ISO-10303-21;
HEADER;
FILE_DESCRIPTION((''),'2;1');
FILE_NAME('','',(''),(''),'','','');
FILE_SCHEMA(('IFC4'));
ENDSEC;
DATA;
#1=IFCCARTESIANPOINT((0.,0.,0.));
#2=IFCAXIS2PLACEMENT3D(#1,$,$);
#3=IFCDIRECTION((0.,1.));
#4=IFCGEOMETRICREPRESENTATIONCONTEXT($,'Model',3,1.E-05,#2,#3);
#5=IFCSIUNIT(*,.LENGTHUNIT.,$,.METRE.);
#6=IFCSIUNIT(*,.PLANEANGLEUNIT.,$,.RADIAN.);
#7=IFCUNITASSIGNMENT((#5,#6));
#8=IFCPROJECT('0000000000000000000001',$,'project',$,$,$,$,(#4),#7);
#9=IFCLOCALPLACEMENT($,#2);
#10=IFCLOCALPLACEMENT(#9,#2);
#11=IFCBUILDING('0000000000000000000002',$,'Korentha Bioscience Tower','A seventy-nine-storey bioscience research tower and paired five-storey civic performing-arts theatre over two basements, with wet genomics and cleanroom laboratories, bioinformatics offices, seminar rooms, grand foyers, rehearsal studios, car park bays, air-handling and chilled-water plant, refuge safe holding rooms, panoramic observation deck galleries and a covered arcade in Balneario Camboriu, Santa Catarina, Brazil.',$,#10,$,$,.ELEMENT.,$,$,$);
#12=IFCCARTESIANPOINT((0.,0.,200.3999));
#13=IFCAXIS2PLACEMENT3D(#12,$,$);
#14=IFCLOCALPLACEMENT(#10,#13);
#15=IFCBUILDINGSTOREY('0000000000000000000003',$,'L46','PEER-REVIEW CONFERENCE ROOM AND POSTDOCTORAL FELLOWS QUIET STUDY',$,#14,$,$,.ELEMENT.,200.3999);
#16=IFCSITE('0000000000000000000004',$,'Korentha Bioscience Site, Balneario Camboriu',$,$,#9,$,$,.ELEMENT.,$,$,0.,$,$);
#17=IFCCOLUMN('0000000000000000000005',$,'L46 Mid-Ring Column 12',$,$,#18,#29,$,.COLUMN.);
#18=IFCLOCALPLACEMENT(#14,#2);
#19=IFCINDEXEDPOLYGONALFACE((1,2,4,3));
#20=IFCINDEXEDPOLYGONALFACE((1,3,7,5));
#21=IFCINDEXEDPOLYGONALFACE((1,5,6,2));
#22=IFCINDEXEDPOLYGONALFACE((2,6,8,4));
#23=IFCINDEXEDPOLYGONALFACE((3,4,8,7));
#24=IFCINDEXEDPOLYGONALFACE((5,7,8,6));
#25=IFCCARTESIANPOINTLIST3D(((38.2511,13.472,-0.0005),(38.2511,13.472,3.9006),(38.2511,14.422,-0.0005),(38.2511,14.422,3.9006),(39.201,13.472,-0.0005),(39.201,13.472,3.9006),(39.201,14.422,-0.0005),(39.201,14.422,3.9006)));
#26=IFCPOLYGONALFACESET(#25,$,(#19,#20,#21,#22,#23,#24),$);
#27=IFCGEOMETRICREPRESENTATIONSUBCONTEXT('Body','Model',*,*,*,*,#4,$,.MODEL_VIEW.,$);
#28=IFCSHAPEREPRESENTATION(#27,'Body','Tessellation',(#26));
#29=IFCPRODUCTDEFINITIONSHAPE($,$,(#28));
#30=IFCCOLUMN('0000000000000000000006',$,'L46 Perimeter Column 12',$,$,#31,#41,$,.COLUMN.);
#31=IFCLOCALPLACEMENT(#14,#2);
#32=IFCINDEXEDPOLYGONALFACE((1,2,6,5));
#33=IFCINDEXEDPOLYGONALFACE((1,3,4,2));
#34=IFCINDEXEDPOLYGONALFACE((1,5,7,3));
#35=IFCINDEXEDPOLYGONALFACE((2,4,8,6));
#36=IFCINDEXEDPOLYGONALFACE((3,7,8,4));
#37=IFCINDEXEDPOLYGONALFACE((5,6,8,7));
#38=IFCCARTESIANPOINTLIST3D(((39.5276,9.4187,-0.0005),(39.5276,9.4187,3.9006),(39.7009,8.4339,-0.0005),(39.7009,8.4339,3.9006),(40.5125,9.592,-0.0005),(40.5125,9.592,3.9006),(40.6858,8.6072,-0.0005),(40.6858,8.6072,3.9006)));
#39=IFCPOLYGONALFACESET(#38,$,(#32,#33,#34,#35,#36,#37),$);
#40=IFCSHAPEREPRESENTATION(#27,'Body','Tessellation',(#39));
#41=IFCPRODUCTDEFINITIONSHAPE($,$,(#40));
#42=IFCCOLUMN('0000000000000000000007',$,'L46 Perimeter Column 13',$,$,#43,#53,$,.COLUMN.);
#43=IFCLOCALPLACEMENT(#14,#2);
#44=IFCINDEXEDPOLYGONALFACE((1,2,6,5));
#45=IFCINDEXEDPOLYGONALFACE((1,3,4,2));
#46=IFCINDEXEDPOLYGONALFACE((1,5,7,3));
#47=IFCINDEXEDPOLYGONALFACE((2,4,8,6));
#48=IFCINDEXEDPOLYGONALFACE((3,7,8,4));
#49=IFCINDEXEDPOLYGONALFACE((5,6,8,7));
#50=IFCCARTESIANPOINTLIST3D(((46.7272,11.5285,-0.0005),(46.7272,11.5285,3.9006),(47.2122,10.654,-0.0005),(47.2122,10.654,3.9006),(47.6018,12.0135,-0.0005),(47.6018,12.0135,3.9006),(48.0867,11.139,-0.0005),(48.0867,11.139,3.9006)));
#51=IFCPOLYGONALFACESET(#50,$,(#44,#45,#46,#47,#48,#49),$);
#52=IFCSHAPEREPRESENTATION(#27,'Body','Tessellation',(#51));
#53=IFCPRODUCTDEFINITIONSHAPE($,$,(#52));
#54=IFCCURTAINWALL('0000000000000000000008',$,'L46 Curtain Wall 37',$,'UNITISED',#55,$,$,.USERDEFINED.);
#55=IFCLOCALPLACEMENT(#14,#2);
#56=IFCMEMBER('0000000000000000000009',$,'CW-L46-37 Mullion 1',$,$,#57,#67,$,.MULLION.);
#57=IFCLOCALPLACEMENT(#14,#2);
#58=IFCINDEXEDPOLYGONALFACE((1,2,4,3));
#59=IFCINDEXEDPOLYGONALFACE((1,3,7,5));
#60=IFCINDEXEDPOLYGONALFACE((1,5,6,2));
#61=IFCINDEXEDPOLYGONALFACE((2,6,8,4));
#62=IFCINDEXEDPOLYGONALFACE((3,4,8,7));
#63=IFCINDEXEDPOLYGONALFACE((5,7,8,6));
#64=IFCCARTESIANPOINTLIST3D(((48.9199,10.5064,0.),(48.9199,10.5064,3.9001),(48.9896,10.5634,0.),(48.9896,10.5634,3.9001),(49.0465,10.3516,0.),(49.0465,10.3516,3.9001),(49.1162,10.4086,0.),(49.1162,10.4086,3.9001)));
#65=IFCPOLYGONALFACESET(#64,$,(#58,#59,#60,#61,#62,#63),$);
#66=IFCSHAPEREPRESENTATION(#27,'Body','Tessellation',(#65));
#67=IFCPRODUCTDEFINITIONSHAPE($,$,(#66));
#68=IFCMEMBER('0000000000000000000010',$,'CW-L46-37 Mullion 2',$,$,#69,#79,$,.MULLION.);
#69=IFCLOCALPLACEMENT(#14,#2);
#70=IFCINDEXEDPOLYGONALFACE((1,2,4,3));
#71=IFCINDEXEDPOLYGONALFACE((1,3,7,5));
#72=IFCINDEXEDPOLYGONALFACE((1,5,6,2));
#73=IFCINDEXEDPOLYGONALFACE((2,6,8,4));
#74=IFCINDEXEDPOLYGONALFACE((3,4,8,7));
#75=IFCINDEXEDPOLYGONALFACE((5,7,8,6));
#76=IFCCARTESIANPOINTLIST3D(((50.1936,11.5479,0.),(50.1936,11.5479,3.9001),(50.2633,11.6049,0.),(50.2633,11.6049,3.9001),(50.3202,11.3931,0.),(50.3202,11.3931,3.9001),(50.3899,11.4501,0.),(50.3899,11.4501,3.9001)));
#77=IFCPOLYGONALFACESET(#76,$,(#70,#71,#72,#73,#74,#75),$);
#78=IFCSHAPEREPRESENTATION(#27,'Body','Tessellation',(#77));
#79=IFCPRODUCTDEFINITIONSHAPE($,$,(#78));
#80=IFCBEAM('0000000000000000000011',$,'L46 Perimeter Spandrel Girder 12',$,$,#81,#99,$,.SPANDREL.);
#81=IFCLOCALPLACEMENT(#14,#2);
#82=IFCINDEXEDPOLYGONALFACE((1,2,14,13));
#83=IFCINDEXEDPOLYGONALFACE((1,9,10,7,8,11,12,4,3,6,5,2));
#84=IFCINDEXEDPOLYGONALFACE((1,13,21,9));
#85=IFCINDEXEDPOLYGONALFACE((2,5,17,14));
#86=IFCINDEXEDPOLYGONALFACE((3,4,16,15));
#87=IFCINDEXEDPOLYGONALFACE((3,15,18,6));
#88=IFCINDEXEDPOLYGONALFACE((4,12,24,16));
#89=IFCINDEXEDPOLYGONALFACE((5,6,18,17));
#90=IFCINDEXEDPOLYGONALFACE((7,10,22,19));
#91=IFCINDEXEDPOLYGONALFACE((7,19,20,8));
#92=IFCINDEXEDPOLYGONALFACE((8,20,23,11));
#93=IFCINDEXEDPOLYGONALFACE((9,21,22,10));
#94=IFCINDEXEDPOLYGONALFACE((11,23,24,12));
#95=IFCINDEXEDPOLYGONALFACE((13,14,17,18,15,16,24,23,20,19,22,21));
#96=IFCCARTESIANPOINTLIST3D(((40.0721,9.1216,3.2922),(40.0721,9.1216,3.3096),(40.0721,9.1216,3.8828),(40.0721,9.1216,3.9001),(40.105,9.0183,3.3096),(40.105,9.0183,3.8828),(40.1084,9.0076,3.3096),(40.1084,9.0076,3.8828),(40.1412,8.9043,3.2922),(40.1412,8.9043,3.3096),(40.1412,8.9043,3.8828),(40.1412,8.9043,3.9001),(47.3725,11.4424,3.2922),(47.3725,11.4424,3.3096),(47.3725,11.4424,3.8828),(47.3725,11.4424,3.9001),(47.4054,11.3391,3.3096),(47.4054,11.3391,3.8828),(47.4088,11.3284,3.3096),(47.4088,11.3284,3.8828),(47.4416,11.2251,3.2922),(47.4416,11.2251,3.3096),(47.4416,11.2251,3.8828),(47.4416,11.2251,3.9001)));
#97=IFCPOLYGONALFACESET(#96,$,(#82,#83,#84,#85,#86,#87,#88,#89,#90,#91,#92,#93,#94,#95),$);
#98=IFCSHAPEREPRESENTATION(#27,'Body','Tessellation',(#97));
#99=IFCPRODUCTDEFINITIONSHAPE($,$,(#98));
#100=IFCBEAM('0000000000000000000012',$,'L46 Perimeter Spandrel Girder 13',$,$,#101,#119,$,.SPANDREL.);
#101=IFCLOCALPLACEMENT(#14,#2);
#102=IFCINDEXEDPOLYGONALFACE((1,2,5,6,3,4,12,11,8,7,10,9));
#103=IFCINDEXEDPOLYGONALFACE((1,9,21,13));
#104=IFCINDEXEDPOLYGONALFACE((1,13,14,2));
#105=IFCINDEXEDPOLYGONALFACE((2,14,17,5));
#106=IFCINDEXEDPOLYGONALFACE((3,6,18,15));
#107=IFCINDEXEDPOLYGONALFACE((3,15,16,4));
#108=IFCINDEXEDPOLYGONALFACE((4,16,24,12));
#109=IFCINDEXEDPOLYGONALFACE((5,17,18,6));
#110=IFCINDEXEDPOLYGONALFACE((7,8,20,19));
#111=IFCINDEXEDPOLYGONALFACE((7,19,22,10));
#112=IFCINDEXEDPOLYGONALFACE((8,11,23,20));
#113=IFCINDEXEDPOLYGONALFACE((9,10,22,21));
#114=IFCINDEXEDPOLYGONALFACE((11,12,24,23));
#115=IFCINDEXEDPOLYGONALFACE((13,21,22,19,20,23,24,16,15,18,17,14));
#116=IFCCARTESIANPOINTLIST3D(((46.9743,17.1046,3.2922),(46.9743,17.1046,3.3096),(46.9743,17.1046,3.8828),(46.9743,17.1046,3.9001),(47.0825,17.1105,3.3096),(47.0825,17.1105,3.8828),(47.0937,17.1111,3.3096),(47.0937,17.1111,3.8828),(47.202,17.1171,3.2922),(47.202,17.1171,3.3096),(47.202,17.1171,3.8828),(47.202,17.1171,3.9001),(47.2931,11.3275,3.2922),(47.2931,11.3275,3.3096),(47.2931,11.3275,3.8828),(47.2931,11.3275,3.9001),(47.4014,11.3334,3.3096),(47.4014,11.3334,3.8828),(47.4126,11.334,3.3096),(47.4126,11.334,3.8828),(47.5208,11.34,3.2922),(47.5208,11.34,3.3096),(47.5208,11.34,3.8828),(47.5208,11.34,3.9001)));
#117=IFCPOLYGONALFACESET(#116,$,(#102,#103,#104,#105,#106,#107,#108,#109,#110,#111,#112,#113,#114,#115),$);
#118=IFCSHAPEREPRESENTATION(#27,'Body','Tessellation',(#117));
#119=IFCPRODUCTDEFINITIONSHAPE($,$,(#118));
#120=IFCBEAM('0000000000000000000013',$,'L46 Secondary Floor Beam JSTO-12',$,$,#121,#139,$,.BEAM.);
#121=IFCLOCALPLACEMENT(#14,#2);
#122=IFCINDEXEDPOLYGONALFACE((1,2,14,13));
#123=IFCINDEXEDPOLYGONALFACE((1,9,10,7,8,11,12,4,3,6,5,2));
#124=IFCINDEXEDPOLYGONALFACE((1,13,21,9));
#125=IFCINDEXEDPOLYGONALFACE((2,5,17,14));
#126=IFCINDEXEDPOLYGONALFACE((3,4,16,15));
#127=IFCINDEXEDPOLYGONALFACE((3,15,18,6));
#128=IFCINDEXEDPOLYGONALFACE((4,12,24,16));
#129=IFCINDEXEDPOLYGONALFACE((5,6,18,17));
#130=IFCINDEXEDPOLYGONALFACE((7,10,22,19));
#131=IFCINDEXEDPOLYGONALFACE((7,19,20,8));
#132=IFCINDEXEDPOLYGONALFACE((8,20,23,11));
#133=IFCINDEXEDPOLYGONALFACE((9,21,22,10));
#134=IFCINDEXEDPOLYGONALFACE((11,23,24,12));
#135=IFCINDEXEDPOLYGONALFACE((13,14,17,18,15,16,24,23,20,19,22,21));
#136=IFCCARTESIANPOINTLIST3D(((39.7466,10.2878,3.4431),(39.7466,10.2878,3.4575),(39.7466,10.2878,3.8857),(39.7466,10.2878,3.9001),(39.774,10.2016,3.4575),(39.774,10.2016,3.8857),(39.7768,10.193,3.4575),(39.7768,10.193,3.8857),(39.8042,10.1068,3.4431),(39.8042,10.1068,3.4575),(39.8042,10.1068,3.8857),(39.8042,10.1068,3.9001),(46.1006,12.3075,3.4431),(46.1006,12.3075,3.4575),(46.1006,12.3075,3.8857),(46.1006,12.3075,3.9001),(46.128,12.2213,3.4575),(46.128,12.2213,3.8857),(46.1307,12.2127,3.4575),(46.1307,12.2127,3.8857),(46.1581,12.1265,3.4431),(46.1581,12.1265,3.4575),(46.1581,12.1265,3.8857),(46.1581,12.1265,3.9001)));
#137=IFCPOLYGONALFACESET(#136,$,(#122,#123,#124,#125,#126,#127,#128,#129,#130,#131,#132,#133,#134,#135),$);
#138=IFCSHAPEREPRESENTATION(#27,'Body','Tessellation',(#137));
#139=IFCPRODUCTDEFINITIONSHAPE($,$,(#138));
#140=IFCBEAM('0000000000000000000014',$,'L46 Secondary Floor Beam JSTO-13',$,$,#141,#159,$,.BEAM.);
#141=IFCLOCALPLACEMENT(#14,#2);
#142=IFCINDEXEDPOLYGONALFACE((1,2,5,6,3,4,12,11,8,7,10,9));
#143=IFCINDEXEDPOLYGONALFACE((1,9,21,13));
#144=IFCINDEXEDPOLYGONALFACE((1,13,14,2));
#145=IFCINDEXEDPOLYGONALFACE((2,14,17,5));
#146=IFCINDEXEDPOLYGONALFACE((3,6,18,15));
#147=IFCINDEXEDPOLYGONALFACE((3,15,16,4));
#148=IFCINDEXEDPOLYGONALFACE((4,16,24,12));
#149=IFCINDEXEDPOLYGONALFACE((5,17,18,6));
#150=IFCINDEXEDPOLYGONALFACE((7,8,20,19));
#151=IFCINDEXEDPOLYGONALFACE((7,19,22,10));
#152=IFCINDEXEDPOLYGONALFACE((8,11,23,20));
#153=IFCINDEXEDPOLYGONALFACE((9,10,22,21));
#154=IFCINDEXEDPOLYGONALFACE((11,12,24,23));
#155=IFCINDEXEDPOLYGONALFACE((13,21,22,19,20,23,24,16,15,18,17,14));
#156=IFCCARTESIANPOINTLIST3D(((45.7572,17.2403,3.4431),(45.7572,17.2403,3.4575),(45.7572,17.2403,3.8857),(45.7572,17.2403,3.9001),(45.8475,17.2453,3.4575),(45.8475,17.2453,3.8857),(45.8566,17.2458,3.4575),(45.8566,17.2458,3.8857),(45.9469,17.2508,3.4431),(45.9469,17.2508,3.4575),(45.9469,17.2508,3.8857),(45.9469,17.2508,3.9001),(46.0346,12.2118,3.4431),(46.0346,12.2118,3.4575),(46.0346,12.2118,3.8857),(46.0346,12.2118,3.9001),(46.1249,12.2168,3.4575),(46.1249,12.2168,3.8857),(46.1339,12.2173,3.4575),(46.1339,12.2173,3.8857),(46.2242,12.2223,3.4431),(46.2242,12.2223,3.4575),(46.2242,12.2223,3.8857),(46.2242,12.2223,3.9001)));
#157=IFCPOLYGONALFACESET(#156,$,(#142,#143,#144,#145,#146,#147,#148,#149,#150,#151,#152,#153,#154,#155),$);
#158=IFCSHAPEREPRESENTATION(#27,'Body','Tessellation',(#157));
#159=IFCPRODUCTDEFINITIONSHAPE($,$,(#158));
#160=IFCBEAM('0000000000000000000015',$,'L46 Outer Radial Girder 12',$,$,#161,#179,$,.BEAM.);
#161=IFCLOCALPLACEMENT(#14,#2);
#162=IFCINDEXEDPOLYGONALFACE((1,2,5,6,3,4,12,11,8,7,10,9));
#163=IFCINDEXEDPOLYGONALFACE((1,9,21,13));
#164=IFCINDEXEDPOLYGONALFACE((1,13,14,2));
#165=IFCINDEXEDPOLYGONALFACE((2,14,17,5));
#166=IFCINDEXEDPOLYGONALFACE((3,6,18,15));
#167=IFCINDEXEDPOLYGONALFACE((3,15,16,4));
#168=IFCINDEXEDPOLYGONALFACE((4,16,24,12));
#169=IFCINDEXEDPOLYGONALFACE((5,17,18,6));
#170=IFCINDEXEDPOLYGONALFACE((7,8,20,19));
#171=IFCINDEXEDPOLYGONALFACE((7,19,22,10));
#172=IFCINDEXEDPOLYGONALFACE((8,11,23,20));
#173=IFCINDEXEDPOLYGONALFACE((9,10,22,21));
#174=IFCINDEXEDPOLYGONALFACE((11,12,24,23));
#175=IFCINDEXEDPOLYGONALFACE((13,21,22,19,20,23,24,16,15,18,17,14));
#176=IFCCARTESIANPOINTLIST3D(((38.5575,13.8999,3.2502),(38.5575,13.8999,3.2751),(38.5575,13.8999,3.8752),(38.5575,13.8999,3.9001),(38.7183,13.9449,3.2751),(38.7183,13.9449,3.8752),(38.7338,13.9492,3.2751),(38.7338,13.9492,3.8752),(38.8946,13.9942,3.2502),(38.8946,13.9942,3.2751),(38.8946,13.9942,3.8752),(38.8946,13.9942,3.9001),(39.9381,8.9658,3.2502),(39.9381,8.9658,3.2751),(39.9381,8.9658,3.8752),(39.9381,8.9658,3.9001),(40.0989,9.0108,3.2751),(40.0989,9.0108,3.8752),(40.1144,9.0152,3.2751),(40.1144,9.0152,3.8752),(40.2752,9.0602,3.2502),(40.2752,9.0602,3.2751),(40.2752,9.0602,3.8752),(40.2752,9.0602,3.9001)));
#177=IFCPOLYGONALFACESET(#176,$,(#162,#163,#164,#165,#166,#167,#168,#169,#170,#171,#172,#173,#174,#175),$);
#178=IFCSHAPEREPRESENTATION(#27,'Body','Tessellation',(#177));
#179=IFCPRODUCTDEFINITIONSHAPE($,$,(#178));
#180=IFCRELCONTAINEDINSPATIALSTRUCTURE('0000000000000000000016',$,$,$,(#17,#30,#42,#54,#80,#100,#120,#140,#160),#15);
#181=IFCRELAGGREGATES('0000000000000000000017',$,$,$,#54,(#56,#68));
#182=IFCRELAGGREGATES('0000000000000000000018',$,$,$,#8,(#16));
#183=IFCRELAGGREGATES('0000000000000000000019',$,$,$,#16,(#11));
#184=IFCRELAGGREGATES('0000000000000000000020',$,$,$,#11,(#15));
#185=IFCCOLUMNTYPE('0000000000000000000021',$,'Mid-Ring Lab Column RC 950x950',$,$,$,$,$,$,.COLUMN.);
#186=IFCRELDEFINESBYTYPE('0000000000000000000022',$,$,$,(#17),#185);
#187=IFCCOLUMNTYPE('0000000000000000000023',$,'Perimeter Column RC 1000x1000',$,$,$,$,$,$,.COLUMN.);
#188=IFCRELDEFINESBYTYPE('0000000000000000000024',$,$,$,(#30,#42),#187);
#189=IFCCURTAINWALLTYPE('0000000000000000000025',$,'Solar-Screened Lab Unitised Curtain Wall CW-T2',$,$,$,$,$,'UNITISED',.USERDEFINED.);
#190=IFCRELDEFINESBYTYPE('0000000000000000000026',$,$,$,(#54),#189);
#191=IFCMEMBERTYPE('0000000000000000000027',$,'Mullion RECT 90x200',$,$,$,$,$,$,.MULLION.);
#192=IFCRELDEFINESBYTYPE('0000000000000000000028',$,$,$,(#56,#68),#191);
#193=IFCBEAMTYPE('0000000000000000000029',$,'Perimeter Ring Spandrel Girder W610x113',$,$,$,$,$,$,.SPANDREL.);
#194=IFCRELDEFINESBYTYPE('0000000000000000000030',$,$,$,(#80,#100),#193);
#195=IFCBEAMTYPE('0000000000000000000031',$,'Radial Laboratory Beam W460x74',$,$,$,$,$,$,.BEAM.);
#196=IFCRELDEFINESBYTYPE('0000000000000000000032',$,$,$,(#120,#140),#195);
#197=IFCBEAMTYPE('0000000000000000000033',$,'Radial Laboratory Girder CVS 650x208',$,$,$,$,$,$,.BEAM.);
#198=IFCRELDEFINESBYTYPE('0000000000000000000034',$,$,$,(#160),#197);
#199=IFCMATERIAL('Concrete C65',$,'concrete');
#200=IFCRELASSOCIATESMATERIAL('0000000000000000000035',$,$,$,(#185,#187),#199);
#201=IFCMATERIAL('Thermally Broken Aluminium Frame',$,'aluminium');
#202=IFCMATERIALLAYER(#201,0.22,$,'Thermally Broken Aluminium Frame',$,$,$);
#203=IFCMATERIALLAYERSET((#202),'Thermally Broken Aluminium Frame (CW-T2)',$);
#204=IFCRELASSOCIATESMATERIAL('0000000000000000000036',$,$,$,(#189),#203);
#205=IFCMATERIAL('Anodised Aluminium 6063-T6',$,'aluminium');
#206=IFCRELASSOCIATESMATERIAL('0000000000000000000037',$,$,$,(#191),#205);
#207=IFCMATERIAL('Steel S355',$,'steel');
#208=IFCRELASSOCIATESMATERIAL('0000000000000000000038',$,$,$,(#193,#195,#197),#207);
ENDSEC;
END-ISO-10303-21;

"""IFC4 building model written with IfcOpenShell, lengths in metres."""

from ifc_helpers import new_model, si_unit, direction, frame, origin, origin_2d, place, context, subcontext, project, spatial, rectangle, i_section, extrude, material, layer, layer_set, material_profile, profile_set, type_object, element, aggregate, save


model = new_model("IFC4")

# Units and contexts
model_context = context("Model", 3, precision=1e-05, world=origin(), true_north=direction((0.0, 1.0)))
body_context = subcontext(model_context, "Body", "Model", "MODEL_VIEW")
ifc_project = project(units=[si_unit("LENGTHUNIT", "METRE"), si_unit("PLANEANGLEUNIT", "RADIAN")], contexts=[model_context])

# Site, building, storey
site_placement = place(None, origin())
site = spatial("IfcSite", under=ifc_project, at=site_placement, Name="Korentha Bioscience Site, Balneario Camboriu", CompositionType="ELEMENT", RefElevation=0.0)
building_placement = place(site_placement, origin())
building = spatial("IfcBuilding", under=site, at=building_placement, Name="Korentha Bioscience Tower", Description="A seventy-nine-storey bioscience research tower and paired five-storey civic performing-arts theatre over two basements, with wet genomics and cleanroom laboratories, bioinformatics offices, seminar rooms, grand foyers, rehearsal studios, car park bays, air-handling and chilled-water plant, refuge safe holding rooms, panoramic observation deck galleries and a covered arcade in Balneario Camboriu, Santa Catarina, Brazil.", CompositionType="ELEMENT")
storey_placement = place(building_placement, frame((0.0, 0.0, 200.3999)))
storey = spatial("IfcBuildingStorey", under=building, at=storey_placement, Name="L46", Description="PEER-REVIEW CONFERENCE ROOM AND POSTDOCTORAL FELLOWS QUIET STUDY", CompositionType="ELEMENT", Elevation=200.3999)

# Columns
ifc_material_1 = material(Name="Concrete C65", Category="concrete")
ifc_material_profile_1 = material_profile(ifc_material_1, rectangle(XDim=0.95, YDim=0.95, at=origin_2d()), Name="Concrete C65")
ifc_profile_set_1 = profile_set([ifc_material_profile_1], Name="Concrete C65 (COL-MR09)")
column_type_1 = type_object("IfcColumnType", Name="Mid-Ring Lab Column RC 950x950", PredefinedType="COLUMN", material=ifc_profile_set_1)
column_placement = place(storey_placement, frame((38.7261, 13.947, -0.0005), z_axis=(0.0, 0.0, 1.0), x_axis=(1.0, 0.0, 0.0)))
element("IfcColumn", 1, at=column_placement, inside=storey, type_object=column_type_1, Name="L46 Mid-Ring Column 12", PredefinedType="COLUMN", context=body_context, shape_type="SweptSolid", body=[
    extrude(rectangle(XDim=0.95, YDim=0.95, at=origin_2d()), origin(), (0.0, 0.0, 1.0), 3.9011),
])
ifc_material_profile_2 = material_profile(ifc_material_1, rectangle(XDim=1.0, YDim=1.0, at=origin_2d()), Name="Concrete C65")
ifc_profile_set_2 = profile_set([ifc_material_profile_2], Name="Concrete C65 (COL-P10)")
column_type_2 = type_object("IfcColumnType", Name="Perimeter Column RC 1000x1000", PredefinedType="COLUMN", material=ifc_profile_set_2)
for number, where, z_axis, x_axis, name in (
    (2, (40.1067, 9.0129, -0.0005), (0.0, 0.0, 1.0), (0.984868, 0.173304, 0.0), "L46 Perimeter Column 12"),
    (3, (47.407, 11.3337, -0.0005), (0.0, 0.0, 1.0), (0.874535, 0.484962, 0.0), "L46 Perimeter Column 13"),
):
    element("IfcColumn", number, at=place(storey_placement, frame(where, z_axis=z_axis, x_axis=x_axis)), inside=storey, type_object=column_type_2, Name=name, PredefinedType="COLUMN", context=body_context, shape_type="SweptSolid", body=[
        extrude(rectangle(XDim=1.0, YDim=1.0, at=origin_2d()), origin(), (0.0, 0.0, 1.0), 3.9011),
    ])

# Curtain wall, members
ifc_material_2 = material(Name="Thermally Broken Aluminium Frame", Category="aluminium")
ifc_layer_1 = layer(ifc_material_2, 0.22, Name="Thermally Broken Aluminium Frame")
ifc_layer_set_1 = layer_set([ifc_layer_1], Name="Thermally Broken Aluminium Frame (CW-T2)")
curtain_wall_type = type_object("IfcCurtainWallType", Name="Solar-Screened Lab Unitised Curtain Wall CW-T2", ElementType="UNITISED", PredefinedType="USERDEFINED", material=ifc_layer_set_1)
curtain_wall_placement = place(storey_placement, origin())
curtain_wall = element("IfcCurtainWall", 4, at=curtain_wall_placement, inside=storey, type_object=curtain_wall_type, Name="L46 Curtain Wall 37", ObjectType="UNITISED", PredefinedType="USERDEFINED")
ifc_material_3 = material(Name="Anodised Aluminium 6063-T6", Category="aluminium")
ifc_material_profile_3 = material_profile(ifc_material_3, rectangle(XDim=0.0901, YDim=0.2, at=origin_2d()), Name="Anodised Aluminium 6063-T6")
ifc_profile_set_3 = profile_set([ifc_material_profile_3], Name="Anodised Aluminium 6063-T6 (CW-MUL)")
member_type_1 = type_object("IfcMemberType", Name="Mullion RECT 90x200", PredefinedType="MULLION", material=ifc_profile_set_3)
member_1_placement = place(storey_placement, frame((49.0181, 10.4575, 0.0), z_axis=(0.0, 0.0, 1.0), x_axis=(0.774088, 0.633078, 0.0)))
member_1 = element("IfcMember", 5, at=member_1_placement, type_object=member_type_1, Name="CW-L46-37 Mullion 1", PredefinedType="MULLION", context=body_context, shape_type="SweptSolid", body=[
    extrude(rectangle(XDim=0.0901, YDim=0.2, at=origin_2d()), origin(), (0.0, 0.0, 1.0), 3.9001),
])
member_2_placement = place(storey_placement, frame((50.2917, 11.499, 0.0), z_axis=(0.0, 0.0, 1.0), x_axis=(0.774088, 0.633078, 0.0)))
member_2 = element("IfcMember", 6, at=member_2_placement, type_object=member_type_1, Name="CW-L46-37 Mullion 2", PredefinedType="MULLION", context=body_context, shape_type="SweptSolid", body=[
    extrude(rectangle(XDim=0.0901, YDim=0.2, at=origin_2d()), origin(), (0.0, 0.0, 1.0), 3.9001),
])

# Beams
ifc_material_4 = material(Name="Steel S355", Category="steel")
ifc_material_profile_4 = material_profile(ifc_material_4, i_section(OverallWidth=0.228, OverallDepth=0.6079, WebThickness=0.0112, FlangeThickness=0.0173, at=origin_2d()), Name="Steel S355")
ifc_profile_set_4 = profile_set([ifc_material_profile_4], Name="Steel S355 (SB-610)")
beam_type_1 = type_object("IfcBeamType", Name="Perimeter Ring Spandrel Girder W610x113", PredefinedType="SPANDREL", material=ifc_profile_set_4)
beam_1_placement = place(storey_placement, frame((40.1067, 9.0129, 3.5962), z_axis=(0.953002, 0.302964, 0.0), x_axis=(-0.302964, 0.953002, 0.0)))
element("IfcBeam", 7, at=beam_1_placement, inside=storey, type_object=beam_type_1, Name="L46 Perimeter Spandrel Girder 12", PredefinedType="SPANDREL", context=body_context, shape_type="SweptSolid", body=[
    extrude(i_section(OverallWidth=0.228, OverallDepth=0.6079, WebThickness=0.0112, FlangeThickness=0.0173, at=origin_2d()), origin(), (0.0, 0.0, 1.0), 7.6604),
])
beam_2_placement = place(storey_placement, frame((47.407, 11.3337, 3.5962), z_axis=(-0.055108, 0.99848, 0.0), x_axis=(-0.99848, -0.055108, 0.0)))
element("IfcBeam", 8, at=beam_2_placement, inside=storey, type_object=beam_type_1, Name="L46 Perimeter Spandrel Girder 13", PredefinedType="SPANDREL", context=body_context, shape_type="SweptSolid", body=[
    extrude(i_section(OverallWidth=0.228, OverallDepth=0.6079, WebThickness=0.0112, FlangeThickness=0.0173, at=origin_2d()), origin(), (0.0, 0.0, 1.0), 5.7859),
])
ifc_material_profile_5 = material_profile(ifc_material_4, i_section(OverallWidth=0.1899, OverallDepth=0.457, WebThickness=0.009, FlangeThickness=0.0144, at=origin_2d()), Name="Steel S355")
ifc_profile_set_5 = profile_set([ifc_material_profile_5], Name="Steel S355 (RB-460)")
beam_type_2 = type_object("IfcBeamType", Name="Radial Laboratory Beam W460x74", PredefinedType="BEAM", material=ifc_profile_set_5)
beam_3_placement = place(storey_placement, frame((39.7754, 10.1973, 3.6716), z_axis=(0.95301, 0.302938, 0.0), x_axis=(-0.302938, 0.95301, 0.0)))
element("IfcBeam", 9, at=beam_3_placement, inside=storey, type_object=beam_type_2, Name="L46 Secondary Floor Beam JSTO-12", PredefinedType="BEAM", context=body_context, shape_type="SweptSolid", body=[
    extrude(i_section(OverallWidth=0.1899, OverallDepth=0.457, WebThickness=0.009, FlangeThickness=0.0144, at=origin_2d()), origin(), (0.0, 0.0, 1.0), 6.6672),
])
beam_4_placement = place(storey_placement, frame((46.1294, 12.217, 3.6716), z_axis=(-0.05507, 0.998482, 0.0), x_axis=(-0.998482, -0.05507, 0.0)))
element("IfcBeam", 10, at=beam_4_placement, inside=storey, type_object=beam_type_2, Name="L46 Secondary Floor Beam JSTO-13", PredefinedType="BEAM", context=body_context, shape_type="SweptSolid", body=[
    extrude(i_section(OverallWidth=0.1899, OverallDepth=0.457, WebThickness=0.009, FlangeThickness=0.0144, at=origin_2d()), origin(), (0.0, 0.0, 1.0), 5.0361),
])
ifc_material_profile_6 = material_profile(ifc_material_4, i_section(OverallWidth=0.3501, OverallDepth=0.6499, WebThickness=0.0161, FlangeThickness=0.0249, at=origin_2d()), Name="Steel S355")
ifc_profile_set_6 = profile_set([ifc_material_profile_6], Name="Steel S355 (RB-650)")
beam_type_3 = type_object("IfcBeamType", Name="Radial Laboratory Girder CVS 650x208", PredefinedType="BEAM", material=ifc_profile_set_6)
beam_5_placement = place(storey_placement, frame((38.7261, 13.947, 3.5752), z_axis=(0.269462, -0.963011, 0.0), x_axis=(0.963011, 0.269462, 0.0)))
element("IfcBeam", 11, at=beam_5_placement, inside=storey, type_object=beam_type_3, Name="L46 Outer Radial Girder 12", PredefinedType="BEAM", context=body_context, shape_type="SweptSolid", body=[
    extrude(i_section(OverallWidth=0.3501, OverallDepth=0.6499, WebThickness=0.0161, FlangeThickness=0.0249, at=origin_2d()), origin(), (0.0, 0.0, 1.0), 5.1235),
])

aggregate(curtain_wall, [member_1, member_2])

save(model, "model.ifc")
